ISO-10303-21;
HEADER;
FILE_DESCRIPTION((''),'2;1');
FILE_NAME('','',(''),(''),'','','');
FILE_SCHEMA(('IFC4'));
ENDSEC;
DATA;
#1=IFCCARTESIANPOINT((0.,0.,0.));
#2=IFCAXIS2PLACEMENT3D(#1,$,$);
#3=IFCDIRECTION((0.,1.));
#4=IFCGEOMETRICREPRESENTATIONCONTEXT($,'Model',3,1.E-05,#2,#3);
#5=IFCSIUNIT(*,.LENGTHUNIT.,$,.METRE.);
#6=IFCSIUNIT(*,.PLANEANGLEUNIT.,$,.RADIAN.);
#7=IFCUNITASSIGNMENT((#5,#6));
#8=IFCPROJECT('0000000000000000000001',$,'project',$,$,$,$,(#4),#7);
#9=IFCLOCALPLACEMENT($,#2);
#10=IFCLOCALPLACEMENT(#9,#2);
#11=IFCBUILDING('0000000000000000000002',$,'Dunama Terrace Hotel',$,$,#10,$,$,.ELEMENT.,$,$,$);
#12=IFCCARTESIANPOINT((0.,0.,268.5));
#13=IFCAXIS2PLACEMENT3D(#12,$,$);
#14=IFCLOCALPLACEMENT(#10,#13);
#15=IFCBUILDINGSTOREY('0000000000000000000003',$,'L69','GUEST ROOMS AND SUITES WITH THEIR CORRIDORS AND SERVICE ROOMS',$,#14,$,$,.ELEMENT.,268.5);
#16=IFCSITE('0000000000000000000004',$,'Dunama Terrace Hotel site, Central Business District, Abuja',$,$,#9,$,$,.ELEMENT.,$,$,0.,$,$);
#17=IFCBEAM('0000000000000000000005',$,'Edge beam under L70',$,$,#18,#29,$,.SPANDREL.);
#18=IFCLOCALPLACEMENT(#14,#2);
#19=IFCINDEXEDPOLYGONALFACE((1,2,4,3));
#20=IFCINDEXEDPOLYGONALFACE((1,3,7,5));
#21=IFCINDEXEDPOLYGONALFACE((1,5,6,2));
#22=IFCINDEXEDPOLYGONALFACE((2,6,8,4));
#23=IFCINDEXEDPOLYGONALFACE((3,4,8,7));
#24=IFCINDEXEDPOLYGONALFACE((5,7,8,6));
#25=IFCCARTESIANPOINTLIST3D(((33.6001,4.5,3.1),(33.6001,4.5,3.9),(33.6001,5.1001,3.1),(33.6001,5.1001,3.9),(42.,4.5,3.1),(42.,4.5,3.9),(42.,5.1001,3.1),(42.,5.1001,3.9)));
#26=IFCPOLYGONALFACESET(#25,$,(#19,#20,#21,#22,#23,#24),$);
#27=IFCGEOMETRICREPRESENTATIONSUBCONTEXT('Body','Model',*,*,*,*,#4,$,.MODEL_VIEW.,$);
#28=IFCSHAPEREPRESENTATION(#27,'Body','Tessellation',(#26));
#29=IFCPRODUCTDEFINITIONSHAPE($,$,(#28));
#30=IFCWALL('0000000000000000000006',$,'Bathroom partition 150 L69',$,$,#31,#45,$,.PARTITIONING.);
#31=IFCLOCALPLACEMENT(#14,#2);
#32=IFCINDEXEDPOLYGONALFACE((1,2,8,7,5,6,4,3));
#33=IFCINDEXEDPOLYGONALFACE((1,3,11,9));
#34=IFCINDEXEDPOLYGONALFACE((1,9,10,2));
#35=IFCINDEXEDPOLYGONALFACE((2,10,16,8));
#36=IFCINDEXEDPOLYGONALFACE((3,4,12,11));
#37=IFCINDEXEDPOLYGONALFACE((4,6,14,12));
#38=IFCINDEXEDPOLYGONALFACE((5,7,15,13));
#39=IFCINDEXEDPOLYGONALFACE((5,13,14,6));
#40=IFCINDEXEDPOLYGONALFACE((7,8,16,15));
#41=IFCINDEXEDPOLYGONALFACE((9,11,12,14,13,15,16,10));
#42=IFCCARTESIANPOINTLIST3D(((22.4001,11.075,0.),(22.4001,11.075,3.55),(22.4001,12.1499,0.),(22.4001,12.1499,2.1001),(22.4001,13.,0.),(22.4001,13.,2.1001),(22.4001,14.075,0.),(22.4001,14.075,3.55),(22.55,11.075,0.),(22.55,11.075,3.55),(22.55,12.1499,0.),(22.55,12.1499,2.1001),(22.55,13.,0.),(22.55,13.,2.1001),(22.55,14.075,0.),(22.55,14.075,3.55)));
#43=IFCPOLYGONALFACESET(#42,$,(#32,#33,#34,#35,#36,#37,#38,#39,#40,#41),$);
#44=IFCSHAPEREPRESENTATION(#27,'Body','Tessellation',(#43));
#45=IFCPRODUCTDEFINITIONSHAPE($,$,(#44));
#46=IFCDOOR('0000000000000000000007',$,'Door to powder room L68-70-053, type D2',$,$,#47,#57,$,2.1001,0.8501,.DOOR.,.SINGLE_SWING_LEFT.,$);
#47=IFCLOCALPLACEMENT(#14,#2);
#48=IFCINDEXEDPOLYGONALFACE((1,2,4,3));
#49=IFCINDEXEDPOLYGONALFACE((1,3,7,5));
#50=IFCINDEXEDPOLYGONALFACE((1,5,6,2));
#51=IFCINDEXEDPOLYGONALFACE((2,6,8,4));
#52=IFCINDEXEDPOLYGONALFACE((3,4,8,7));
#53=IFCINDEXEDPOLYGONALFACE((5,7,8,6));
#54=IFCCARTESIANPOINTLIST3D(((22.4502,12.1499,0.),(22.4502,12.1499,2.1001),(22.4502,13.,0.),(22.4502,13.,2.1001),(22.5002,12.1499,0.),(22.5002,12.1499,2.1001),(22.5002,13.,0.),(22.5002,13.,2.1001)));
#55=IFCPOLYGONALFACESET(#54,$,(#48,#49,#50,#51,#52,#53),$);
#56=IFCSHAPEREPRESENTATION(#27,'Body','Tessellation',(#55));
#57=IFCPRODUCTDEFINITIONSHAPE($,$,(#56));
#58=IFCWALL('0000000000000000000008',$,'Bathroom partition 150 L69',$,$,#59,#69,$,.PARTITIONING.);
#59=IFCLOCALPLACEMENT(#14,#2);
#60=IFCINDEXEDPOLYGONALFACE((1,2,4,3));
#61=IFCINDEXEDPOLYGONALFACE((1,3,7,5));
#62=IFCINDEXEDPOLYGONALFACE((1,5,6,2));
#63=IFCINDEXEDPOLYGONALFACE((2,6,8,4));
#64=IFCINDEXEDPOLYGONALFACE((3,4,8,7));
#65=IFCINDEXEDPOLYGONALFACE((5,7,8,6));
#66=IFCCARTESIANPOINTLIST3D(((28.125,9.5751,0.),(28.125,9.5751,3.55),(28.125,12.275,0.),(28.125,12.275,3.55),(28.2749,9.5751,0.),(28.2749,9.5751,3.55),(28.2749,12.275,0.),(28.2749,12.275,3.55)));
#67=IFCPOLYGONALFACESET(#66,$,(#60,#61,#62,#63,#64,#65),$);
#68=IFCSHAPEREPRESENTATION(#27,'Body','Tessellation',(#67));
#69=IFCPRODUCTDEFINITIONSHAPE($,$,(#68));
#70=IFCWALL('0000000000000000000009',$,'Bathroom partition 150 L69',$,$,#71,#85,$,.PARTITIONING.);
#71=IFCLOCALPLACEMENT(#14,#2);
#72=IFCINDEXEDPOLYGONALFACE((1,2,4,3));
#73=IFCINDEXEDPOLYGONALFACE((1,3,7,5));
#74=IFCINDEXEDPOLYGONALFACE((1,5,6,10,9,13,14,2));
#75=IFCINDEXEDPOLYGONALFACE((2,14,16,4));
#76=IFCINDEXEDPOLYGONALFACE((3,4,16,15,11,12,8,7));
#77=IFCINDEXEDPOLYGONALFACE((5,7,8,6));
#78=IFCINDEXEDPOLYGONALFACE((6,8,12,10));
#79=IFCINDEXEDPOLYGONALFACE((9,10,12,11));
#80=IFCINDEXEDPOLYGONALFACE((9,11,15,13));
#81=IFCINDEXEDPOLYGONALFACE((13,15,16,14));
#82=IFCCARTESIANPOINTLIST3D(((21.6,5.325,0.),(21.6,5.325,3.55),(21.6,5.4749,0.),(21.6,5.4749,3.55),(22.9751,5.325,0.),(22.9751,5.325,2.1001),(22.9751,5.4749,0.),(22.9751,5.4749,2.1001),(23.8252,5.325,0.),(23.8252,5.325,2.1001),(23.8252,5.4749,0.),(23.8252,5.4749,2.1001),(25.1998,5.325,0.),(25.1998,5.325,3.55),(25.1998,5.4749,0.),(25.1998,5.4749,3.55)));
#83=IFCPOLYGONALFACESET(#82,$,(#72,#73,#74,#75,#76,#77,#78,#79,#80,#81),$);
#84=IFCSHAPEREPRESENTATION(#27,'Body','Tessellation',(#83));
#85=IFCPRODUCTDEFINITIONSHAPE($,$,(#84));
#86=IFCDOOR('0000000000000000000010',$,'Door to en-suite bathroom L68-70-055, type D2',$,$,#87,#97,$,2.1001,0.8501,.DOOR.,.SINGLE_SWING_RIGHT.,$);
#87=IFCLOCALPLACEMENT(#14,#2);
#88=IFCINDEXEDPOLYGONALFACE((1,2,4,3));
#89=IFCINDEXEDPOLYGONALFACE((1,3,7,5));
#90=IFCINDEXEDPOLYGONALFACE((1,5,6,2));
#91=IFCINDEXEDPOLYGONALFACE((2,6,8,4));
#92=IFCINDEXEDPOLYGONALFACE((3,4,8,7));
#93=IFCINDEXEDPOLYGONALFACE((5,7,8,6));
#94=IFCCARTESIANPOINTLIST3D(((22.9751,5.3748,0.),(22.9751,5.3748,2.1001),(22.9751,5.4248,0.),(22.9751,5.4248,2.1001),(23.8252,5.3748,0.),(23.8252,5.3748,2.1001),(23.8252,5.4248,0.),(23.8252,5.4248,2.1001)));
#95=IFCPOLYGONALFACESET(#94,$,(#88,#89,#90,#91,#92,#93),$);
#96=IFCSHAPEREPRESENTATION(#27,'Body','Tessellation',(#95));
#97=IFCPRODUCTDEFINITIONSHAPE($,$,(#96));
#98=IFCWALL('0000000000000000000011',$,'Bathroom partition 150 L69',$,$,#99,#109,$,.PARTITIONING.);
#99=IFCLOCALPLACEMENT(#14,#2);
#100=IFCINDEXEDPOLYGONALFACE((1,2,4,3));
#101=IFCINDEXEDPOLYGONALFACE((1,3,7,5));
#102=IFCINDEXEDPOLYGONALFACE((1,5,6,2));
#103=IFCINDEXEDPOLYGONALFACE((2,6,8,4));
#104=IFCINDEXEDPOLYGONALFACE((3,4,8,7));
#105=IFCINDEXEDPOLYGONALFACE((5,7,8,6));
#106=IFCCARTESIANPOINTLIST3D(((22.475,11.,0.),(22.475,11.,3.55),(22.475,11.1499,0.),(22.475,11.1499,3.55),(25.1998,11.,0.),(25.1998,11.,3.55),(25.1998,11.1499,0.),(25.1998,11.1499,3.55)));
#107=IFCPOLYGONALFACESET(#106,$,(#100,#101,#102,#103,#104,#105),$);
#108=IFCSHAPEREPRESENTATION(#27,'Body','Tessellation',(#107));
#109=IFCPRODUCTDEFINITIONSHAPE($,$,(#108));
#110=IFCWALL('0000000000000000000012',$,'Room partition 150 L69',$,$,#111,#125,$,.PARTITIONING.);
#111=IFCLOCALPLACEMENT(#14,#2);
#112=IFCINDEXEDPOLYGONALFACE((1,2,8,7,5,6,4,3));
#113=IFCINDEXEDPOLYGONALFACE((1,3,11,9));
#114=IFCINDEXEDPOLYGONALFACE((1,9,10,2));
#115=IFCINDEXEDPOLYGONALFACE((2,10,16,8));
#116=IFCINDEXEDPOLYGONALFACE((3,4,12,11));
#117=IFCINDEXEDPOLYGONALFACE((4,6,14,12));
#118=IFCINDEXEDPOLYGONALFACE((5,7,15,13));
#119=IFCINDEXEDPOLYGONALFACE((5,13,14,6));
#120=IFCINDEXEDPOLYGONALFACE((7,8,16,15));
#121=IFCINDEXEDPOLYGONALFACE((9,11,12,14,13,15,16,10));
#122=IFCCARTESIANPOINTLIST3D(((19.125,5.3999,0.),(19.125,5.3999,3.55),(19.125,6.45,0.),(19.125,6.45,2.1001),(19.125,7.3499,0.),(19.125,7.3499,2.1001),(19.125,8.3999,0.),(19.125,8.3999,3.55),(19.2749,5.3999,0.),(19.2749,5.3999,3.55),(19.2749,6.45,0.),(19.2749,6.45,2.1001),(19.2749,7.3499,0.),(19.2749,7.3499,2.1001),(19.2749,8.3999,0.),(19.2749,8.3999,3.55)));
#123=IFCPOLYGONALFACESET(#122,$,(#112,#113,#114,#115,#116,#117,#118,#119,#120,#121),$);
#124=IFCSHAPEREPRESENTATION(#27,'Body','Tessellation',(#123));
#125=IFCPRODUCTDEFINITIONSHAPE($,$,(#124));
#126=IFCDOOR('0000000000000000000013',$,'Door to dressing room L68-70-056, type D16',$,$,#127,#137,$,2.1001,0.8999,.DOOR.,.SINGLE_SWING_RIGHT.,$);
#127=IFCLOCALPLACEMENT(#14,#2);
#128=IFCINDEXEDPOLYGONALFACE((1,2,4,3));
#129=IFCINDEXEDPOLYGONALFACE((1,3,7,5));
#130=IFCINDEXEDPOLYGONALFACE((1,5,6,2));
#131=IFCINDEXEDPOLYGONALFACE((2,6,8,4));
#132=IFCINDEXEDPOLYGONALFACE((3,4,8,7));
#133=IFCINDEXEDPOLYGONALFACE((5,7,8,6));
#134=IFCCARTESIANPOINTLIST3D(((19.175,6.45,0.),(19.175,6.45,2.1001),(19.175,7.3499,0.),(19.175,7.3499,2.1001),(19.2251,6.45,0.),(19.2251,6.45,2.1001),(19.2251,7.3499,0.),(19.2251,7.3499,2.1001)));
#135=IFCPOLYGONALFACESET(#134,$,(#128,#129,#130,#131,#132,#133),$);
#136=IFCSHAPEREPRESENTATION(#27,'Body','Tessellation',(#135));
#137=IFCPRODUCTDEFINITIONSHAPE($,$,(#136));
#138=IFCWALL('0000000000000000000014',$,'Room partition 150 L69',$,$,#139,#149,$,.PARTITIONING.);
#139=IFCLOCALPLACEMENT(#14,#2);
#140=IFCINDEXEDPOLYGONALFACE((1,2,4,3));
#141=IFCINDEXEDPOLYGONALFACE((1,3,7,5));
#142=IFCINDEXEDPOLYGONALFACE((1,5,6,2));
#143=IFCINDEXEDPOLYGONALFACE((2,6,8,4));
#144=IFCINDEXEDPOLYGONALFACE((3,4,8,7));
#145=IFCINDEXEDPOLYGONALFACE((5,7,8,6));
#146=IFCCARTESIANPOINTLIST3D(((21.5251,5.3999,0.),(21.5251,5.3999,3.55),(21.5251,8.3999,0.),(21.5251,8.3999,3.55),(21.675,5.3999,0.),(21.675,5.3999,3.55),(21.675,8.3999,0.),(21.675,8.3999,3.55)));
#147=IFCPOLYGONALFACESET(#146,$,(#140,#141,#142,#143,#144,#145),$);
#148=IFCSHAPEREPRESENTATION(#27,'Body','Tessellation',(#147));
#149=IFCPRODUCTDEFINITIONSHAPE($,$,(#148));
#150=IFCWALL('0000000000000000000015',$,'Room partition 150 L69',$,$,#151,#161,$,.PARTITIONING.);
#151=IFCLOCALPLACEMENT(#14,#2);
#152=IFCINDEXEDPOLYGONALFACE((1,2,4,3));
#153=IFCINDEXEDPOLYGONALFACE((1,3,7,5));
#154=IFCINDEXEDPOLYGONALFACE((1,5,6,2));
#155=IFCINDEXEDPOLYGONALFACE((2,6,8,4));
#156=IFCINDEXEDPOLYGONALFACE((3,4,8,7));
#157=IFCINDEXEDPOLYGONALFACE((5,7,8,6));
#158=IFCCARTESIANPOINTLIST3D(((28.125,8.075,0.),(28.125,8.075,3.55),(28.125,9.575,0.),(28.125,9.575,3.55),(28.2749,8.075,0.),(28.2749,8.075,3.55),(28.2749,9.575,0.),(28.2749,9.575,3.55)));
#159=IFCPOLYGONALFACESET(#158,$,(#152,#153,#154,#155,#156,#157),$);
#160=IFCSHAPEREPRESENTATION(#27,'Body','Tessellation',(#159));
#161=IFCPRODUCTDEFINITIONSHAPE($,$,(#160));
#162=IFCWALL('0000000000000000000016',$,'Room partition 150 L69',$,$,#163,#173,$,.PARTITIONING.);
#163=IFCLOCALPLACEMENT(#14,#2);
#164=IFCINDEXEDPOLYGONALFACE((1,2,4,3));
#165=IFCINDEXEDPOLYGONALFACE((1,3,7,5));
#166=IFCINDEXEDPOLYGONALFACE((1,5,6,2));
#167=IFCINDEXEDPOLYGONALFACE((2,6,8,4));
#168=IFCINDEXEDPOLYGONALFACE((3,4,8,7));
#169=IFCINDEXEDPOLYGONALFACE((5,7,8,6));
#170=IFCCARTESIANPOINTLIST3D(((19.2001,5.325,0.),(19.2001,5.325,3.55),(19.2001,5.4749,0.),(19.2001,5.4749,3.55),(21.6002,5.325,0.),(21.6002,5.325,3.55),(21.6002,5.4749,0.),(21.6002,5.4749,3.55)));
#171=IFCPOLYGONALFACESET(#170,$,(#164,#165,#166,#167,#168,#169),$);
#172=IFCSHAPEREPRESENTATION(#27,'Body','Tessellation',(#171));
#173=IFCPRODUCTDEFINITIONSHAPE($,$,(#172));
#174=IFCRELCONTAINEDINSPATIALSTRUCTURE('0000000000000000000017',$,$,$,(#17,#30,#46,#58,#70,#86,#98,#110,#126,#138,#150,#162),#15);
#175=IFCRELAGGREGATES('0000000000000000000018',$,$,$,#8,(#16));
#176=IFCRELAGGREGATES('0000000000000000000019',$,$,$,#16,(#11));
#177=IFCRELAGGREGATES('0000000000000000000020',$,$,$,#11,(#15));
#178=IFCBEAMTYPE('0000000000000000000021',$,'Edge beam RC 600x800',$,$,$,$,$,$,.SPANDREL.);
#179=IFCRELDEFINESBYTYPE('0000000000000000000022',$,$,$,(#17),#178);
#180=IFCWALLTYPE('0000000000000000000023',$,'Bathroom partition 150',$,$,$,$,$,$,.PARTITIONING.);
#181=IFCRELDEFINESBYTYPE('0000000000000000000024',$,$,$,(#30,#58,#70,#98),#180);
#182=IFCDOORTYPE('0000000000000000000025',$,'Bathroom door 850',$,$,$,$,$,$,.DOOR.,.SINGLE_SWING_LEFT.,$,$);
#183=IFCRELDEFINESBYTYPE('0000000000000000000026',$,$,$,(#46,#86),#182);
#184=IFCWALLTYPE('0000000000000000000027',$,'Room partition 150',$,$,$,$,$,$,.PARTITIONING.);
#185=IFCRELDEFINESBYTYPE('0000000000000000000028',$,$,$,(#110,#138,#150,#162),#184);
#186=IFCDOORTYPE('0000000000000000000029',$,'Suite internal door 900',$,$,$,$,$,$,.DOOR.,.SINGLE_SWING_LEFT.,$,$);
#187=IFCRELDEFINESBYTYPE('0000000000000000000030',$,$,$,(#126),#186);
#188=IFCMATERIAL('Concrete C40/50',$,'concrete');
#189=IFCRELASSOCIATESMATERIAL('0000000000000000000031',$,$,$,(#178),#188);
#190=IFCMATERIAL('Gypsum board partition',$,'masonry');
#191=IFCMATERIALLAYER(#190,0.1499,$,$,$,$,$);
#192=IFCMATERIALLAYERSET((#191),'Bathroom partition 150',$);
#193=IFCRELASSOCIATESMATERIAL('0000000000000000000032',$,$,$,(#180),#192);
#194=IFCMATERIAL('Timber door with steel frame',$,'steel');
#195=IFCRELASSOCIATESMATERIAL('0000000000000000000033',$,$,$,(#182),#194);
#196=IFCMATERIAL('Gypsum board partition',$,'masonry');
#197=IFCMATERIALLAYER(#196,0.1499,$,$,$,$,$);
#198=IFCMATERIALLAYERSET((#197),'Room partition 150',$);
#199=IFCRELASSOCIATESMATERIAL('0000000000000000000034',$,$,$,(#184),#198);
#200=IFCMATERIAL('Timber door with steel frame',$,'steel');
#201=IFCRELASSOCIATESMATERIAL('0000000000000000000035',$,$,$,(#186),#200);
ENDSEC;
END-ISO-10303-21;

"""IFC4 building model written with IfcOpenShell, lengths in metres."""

from ifc_helpers import new_model, si_unit, direction, frame, frame_2d, origin, origin_2d, place, context, subcontext, project, spatial, rectangle, extrude, material, layer, layer_set, material_profile, profile_set, type_object, element, fill, save


model = new_model("IFC4")

# Units and contexts
model_context = context("Model", 3, precision=1e-05, world=origin(), true_north=direction((0.0, 1.0)))
body_context = subcontext(model_context, "Body", "Model", "MODEL_VIEW")
ifc_project = project(units=[si_unit("LENGTHUNIT", "METRE"), si_unit("PLANEANGLEUNIT", "RADIAN")], contexts=[model_context])

# Site, building, storey
site_placement = place(None, origin())
site = spatial("IfcSite", under=ifc_project, at=site_placement, Name="Dunama Terrace Hotel site, Central Business District, Abuja", CompositionType="ELEMENT", RefElevation=0.0)
building_placement = place(site_placement, origin())
building = spatial("IfcBuilding", under=site, at=building_placement, Name="Dunama Terrace Hotel", CompositionType="ELEMENT")
storey_placement = place(building_placement, frame((0.0, 0.0, 268.5)))
storey = spatial("IfcBuildingStorey", under=building, at=storey_placement, Name="L69", Description="GUEST ROOMS AND SUITES WITH THEIR CORRIDORS AND SERVICE ROOMS", CompositionType="ELEMENT", Elevation=268.5)

# Beam
ifc_material_1 = material(Name="Concrete C40/50", Category="concrete")
ifc_material_profile = material_profile(ifc_material_1, rectangle(XDim=0.6001, YDim=0.8, at=origin_2d()), Name="RC 600x800")
ifc_profile_set = profile_set([ifc_material_profile], Name="Concrete C40/50")
beam_type = type_object("IfcBeamType", Name="Edge beam RC 600x800", PredefinedType="SPANDREL", material=ifc_profile_set)
beam_placement = place(storey_placement, frame((33.6001, 4.8, 3.5), z_axis=(1.0, 0.0, 0.0), x_axis=(0.0, 1.0, 0.0)))
element("IfcBeam", 1, at=beam_placement, inside=storey, type_object=beam_type, Name="Edge beam under L70", PredefinedType="SPANDREL", context=body_context, shape_type="SweptSolid", body=[
    extrude(rectangle(XDim=0.6001, YDim=0.8, at=origin_2d()), origin(), (0.0, 0.0, 1.0), 8.3999),
])

# Wall, opening, door
ifc_material_2 = material(Name="Gypsum board partition", Category="masonry")
ifc_layer_1 = layer(ifc_material_2, 0.1499)
ifc_layer_set_1 = layer_set([ifc_layer_1], Name="Bathroom partition 150")
wall_type_1 = type_object("IfcWallType", Name="Bathroom partition 150", PredefinedType="PARTITIONING", material=ifc_layer_set_1)
wall_1_placement = place(storey_placement, frame((22.4751, 11.075, 0.0), z_axis=(0.0, 0.0, 1.0), x_axis=(0.0, 1.0, 0.0)))
wall_1 = element("IfcWall", 2, at=wall_1_placement, inside=storey, type_object=wall_type_1, Name="Bathroom partition 150 L69", PredefinedType="PARTITIONING", context=body_context, shape_type="SweptSolid", body=[
    extrude(rectangle(XDim=3.0, YDim=0.1499, at=frame_2d((1.5, 0.0))), origin(), (0.0, 0.0, 1.0), 3.55),
])
opening_1_placement = place(wall_1_placement, frame((1.075, 0.0, 0.0)))
opening_1 = element("IfcOpeningElement", 3, at=opening_1_placement, cuts=wall_1, PredefinedType="OPENING", context=body_context, shape_type="SweptSolid", body=[
    extrude(rectangle(XDim=0.8501, YDim=2.1001, at=frame_2d((0.425, 1.05))), frame((0.0, 0.085, 0.0), z_axis=(0.0, -1.0, 0.0), x_axis=(1.0, 0.0, 0.0)), (0.0, 0.0, 1.0), 0.1699),
])
ifc_material_3 = material(Name="Timber door with steel frame", Category="steel")
door_type_1 = type_object("IfcDoorType", Name="Bathroom door 850", OperationType="SINGLE_SWING_LEFT", PredefinedType="DOOR", material=ifc_material_3)
door_1_placement = place(opening_1_placement, frame((0.8501, 0.0, 0.0), z_axis=(0.0, 0.0, 1.0), x_axis=(-1.0, 0.0, 0.0)))
door_1 = element("IfcDoor", 4, at=door_1_placement, inside=storey, type_object=door_type_1, Name="Door to powder room L68-70-053, type D2", OperationType="SINGLE_SWING_LEFT", OverallHeight=2.1001, OverallWidth=0.8501, PredefinedType="DOOR", context=body_context, shape_type="SweptSolid", body=[
    extrude(rectangle(XDim=0.8501, YDim=2.1001, at=frame_2d((0.425, 1.05))), frame((0.0, 0.0251, 0.0), z_axis=(0.0, -1.0, 0.0), x_axis=(1.0, 0.0, 0.0)), (0.0, 0.0, 1.0), 0.05),
])
fill(opening_1, door_1)

# Wall
wall_2_placement = place(storey_placement, frame((28.2, 9.575, 0.0), z_axis=(0.0, 0.0, 1.0), x_axis=(0.0, 1.0, 0.0)))
element("IfcWall", 5, at=wall_2_placement, inside=storey, type_object=wall_type_1, Name="Bathroom partition 150 L69", PredefinedType="PARTITIONING", context=body_context, shape_type="SweptSolid", body=[
    extrude(rectangle(XDim=2.7, YDim=0.1499, at=frame_2d((1.3501, 0.0))), origin(), (0.0, 0.0, 1.0), 3.55),
])

# Wall, opening, door
wall_3_placement = place(storey_placement, frame((21.6001, 5.3999, 0.0), z_axis=(0.0, 0.0, 1.0), x_axis=(1.0, 0.0, 0.0)))
wall_3 = element("IfcWall", 6, at=wall_3_placement, inside=storey, type_object=wall_type_1, Name="Bathroom partition 150 L69", PredefinedType="PARTITIONING", context=body_context, shape_type="SweptSolid", body=[
    extrude(rectangle(XDim=3.5999, YDim=0.1499, at=frame_2d((1.7998, 0.0))), origin(), (0.0, 0.0, 1.0), 3.55),
])
opening_2_placement = place(wall_3_placement, frame((1.375, 0.0, 0.0)))
opening_2 = element("IfcOpeningElement", 7, at=opening_2_placement, cuts=wall_3, PredefinedType="OPENING", context=body_context, shape_type="SweptSolid", body=[
    extrude(rectangle(XDim=0.8501, YDim=2.1001, at=frame_2d((0.425, 1.05))), frame((0.0, 0.085, 0.0), z_axis=(0.0, -1.0, 0.0), x_axis=(1.0, 0.0, 0.0)), (0.0, 0.0, 1.0), 0.1699),
])
door_2_placement = place(opening_2_placement, origin())
door_2 = element("IfcDoor", 8, at=door_2_placement, inside=storey, type_object=door_type_1, Name="Door to en-suite bathroom L68-70-055, type D2", OperationType="SINGLE_SWING_RIGHT", OverallHeight=2.1001, OverallWidth=0.8501, PredefinedType="DOOR", context=body_context, shape_type="SweptSolid", body=[
    extrude(rectangle(XDim=0.8501, YDim=2.1001, at=frame_2d((0.425, 1.05))), frame((0.0, 0.0249, 0.0), z_axis=(0.0, -1.0, 0.0), x_axis=(1.0, 0.0, 0.0)), (0.0, 0.0, 1.0), 0.05),
])
fill(opening_2, door_2)

# Wall
wall_4_placement = place(storey_placement, frame((22.4751, 11.075, 0.0), z_axis=(0.0, 0.0, 1.0), x_axis=(1.0, 0.0, 0.0)))
element("IfcWall", 9, at=wall_4_placement, inside=storey, type_object=wall_type_1, Name="Bathroom partition 150 L69", PredefinedType="PARTITIONING", context=body_context, shape_type="SweptSolid", body=[
    extrude(rectangle(XDim=2.7249, YDim=0.1499, at=frame_2d((1.3623, 0.0))), origin(), (0.0, 0.0, 1.0), 3.55),
])

# Wall, opening, door
ifc_material_4 = material(Name="Gypsum board partition", Category="masonry")
ifc_layer_2 = layer(ifc_material_4, 0.1499)
ifc_layer_set_2 = layer_set([ifc_layer_2], Name="Room partition 150")
wall_type_2 = type_object("IfcWallType", Name="Room partition 150", PredefinedType="PARTITIONING", material=ifc_layer_set_2)
wall_5_placement = place(storey_placement, frame((19.2, 5.3999, 0.0), z_axis=(0.0, 0.0, 1.0), x_axis=(0.0, 1.0, 0.0)))
wall_5 = element("IfcWall", 10, at=wall_5_placement, inside=storey, type_object=wall_type_2, Name="Room partition 150 L69", PredefinedType="PARTITIONING", context=body_context, shape_type="SweptSolid", body=[
    extrude(rectangle(XDim=3.0, YDim=0.1499, at=frame_2d((1.5, 0.0))), origin(), (0.0, 0.0, 1.0), 3.55),
])
opening_3_placement = place(wall_5_placement, frame((1.05, 0.0, 0.0)))
opening_3 = element("IfcOpeningElement", 11, at=opening_3_placement, cuts=wall_5, PredefinedType="OPENING", context=body_context, shape_type="SweptSolid", body=[
    extrude(rectangle(XDim=0.8999, YDim=2.1001, at=frame_2d((0.45, 1.05))), frame((0.0, 0.085, 0.0), z_axis=(0.0, -1.0, 0.0), x_axis=(1.0, 0.0, 0.0)), (0.0, 0.0, 1.0), 0.1699),
])
ifc_material_5 = material(Name="Timber door with steel frame", Category="steel")
door_type_2 = type_object("IfcDoorType", Name="Suite internal door 900", OperationType="SINGLE_SWING_LEFT", PredefinedType="DOOR", material=ifc_material_5)
door_3_placement = place(opening_3_placement, frame((0.8999, 0.0, 0.0), z_axis=(0.0, 0.0, 1.0), x_axis=(-1.0, 0.0, 0.0)))
door_3 = element("IfcDoor", 12, at=door_3_placement, inside=storey, type_object=door_type_2, Name="Door to dressing room L68-70-056, type D16", OperationType="SINGLE_SWING_RIGHT", OverallHeight=2.1001, OverallWidth=0.8999, PredefinedType="DOOR", context=body_context, shape_type="SweptSolid", body=[
    extrude(rectangle(XDim=0.8999, YDim=2.1001, at=frame_2d((0.45, 1.05))), frame((0.0, 0.0251, 0.0), z_axis=(0.0, -1.0, 0.0), x_axis=(1.0, 0.0, 0.0)), (0.0, 0.0, 1.0), 0.05),
])
fill(opening_3, door_3)

# Walls
wall_6_placement = place(storey_placement, frame((21.6001, 5.3999, 0.0), z_axis=(0.0, 0.0, 1.0), x_axis=(0.0, 1.0, 0.0)))
element("IfcWall", 13, at=wall_6_placement, inside=storey, type_object=wall_type_2, Name="Room partition 150 L69", PredefinedType="PARTITIONING", context=body_context, shape_type="SweptSolid", body=[
    extrude(rectangle(XDim=3.0, YDim=0.1499, at=frame_2d((1.5, 0.0))), origin(), (0.0, 0.0, 1.0), 3.55),
])
wall_7_placement = place(storey_placement, frame((28.2, 8.075, 0.0), z_axis=(0.0, 0.0, 1.0), x_axis=(0.0, 1.0, 0.0)))
element("IfcWall", 14, at=wall_7_placement, inside=storey, type_object=wall_type_2, Name="Room partition 150 L69", PredefinedType="PARTITIONING", context=body_context, shape_type="SweptSolid", body=[
    extrude(rectangle(XDim=1.5, YDim=0.1499, at=frame_2d((0.75, 0.0))), origin(), (0.0, 0.0, 1.0), 3.55),
])
wall_8_placement = place(storey_placement, frame((19.2, 5.3999, 0.0), z_axis=(0.0, 0.0, 1.0), x_axis=(1.0, 0.0, 0.0)))
element("IfcWall", 15, at=wall_8_placement, inside=storey, type_object=wall_type_2, Name="Room partition 150 L69", PredefinedType="PARTITIONING", context=body_context, shape_type="SweptSolid", body=[
    extrude(rectangle(XDim=2.4001, YDim=0.1499, at=frame_2d((1.2002, 0.0))), origin(), (0.0, 0.0, 1.0), 3.55),
])

save(model, "model.ifc")
